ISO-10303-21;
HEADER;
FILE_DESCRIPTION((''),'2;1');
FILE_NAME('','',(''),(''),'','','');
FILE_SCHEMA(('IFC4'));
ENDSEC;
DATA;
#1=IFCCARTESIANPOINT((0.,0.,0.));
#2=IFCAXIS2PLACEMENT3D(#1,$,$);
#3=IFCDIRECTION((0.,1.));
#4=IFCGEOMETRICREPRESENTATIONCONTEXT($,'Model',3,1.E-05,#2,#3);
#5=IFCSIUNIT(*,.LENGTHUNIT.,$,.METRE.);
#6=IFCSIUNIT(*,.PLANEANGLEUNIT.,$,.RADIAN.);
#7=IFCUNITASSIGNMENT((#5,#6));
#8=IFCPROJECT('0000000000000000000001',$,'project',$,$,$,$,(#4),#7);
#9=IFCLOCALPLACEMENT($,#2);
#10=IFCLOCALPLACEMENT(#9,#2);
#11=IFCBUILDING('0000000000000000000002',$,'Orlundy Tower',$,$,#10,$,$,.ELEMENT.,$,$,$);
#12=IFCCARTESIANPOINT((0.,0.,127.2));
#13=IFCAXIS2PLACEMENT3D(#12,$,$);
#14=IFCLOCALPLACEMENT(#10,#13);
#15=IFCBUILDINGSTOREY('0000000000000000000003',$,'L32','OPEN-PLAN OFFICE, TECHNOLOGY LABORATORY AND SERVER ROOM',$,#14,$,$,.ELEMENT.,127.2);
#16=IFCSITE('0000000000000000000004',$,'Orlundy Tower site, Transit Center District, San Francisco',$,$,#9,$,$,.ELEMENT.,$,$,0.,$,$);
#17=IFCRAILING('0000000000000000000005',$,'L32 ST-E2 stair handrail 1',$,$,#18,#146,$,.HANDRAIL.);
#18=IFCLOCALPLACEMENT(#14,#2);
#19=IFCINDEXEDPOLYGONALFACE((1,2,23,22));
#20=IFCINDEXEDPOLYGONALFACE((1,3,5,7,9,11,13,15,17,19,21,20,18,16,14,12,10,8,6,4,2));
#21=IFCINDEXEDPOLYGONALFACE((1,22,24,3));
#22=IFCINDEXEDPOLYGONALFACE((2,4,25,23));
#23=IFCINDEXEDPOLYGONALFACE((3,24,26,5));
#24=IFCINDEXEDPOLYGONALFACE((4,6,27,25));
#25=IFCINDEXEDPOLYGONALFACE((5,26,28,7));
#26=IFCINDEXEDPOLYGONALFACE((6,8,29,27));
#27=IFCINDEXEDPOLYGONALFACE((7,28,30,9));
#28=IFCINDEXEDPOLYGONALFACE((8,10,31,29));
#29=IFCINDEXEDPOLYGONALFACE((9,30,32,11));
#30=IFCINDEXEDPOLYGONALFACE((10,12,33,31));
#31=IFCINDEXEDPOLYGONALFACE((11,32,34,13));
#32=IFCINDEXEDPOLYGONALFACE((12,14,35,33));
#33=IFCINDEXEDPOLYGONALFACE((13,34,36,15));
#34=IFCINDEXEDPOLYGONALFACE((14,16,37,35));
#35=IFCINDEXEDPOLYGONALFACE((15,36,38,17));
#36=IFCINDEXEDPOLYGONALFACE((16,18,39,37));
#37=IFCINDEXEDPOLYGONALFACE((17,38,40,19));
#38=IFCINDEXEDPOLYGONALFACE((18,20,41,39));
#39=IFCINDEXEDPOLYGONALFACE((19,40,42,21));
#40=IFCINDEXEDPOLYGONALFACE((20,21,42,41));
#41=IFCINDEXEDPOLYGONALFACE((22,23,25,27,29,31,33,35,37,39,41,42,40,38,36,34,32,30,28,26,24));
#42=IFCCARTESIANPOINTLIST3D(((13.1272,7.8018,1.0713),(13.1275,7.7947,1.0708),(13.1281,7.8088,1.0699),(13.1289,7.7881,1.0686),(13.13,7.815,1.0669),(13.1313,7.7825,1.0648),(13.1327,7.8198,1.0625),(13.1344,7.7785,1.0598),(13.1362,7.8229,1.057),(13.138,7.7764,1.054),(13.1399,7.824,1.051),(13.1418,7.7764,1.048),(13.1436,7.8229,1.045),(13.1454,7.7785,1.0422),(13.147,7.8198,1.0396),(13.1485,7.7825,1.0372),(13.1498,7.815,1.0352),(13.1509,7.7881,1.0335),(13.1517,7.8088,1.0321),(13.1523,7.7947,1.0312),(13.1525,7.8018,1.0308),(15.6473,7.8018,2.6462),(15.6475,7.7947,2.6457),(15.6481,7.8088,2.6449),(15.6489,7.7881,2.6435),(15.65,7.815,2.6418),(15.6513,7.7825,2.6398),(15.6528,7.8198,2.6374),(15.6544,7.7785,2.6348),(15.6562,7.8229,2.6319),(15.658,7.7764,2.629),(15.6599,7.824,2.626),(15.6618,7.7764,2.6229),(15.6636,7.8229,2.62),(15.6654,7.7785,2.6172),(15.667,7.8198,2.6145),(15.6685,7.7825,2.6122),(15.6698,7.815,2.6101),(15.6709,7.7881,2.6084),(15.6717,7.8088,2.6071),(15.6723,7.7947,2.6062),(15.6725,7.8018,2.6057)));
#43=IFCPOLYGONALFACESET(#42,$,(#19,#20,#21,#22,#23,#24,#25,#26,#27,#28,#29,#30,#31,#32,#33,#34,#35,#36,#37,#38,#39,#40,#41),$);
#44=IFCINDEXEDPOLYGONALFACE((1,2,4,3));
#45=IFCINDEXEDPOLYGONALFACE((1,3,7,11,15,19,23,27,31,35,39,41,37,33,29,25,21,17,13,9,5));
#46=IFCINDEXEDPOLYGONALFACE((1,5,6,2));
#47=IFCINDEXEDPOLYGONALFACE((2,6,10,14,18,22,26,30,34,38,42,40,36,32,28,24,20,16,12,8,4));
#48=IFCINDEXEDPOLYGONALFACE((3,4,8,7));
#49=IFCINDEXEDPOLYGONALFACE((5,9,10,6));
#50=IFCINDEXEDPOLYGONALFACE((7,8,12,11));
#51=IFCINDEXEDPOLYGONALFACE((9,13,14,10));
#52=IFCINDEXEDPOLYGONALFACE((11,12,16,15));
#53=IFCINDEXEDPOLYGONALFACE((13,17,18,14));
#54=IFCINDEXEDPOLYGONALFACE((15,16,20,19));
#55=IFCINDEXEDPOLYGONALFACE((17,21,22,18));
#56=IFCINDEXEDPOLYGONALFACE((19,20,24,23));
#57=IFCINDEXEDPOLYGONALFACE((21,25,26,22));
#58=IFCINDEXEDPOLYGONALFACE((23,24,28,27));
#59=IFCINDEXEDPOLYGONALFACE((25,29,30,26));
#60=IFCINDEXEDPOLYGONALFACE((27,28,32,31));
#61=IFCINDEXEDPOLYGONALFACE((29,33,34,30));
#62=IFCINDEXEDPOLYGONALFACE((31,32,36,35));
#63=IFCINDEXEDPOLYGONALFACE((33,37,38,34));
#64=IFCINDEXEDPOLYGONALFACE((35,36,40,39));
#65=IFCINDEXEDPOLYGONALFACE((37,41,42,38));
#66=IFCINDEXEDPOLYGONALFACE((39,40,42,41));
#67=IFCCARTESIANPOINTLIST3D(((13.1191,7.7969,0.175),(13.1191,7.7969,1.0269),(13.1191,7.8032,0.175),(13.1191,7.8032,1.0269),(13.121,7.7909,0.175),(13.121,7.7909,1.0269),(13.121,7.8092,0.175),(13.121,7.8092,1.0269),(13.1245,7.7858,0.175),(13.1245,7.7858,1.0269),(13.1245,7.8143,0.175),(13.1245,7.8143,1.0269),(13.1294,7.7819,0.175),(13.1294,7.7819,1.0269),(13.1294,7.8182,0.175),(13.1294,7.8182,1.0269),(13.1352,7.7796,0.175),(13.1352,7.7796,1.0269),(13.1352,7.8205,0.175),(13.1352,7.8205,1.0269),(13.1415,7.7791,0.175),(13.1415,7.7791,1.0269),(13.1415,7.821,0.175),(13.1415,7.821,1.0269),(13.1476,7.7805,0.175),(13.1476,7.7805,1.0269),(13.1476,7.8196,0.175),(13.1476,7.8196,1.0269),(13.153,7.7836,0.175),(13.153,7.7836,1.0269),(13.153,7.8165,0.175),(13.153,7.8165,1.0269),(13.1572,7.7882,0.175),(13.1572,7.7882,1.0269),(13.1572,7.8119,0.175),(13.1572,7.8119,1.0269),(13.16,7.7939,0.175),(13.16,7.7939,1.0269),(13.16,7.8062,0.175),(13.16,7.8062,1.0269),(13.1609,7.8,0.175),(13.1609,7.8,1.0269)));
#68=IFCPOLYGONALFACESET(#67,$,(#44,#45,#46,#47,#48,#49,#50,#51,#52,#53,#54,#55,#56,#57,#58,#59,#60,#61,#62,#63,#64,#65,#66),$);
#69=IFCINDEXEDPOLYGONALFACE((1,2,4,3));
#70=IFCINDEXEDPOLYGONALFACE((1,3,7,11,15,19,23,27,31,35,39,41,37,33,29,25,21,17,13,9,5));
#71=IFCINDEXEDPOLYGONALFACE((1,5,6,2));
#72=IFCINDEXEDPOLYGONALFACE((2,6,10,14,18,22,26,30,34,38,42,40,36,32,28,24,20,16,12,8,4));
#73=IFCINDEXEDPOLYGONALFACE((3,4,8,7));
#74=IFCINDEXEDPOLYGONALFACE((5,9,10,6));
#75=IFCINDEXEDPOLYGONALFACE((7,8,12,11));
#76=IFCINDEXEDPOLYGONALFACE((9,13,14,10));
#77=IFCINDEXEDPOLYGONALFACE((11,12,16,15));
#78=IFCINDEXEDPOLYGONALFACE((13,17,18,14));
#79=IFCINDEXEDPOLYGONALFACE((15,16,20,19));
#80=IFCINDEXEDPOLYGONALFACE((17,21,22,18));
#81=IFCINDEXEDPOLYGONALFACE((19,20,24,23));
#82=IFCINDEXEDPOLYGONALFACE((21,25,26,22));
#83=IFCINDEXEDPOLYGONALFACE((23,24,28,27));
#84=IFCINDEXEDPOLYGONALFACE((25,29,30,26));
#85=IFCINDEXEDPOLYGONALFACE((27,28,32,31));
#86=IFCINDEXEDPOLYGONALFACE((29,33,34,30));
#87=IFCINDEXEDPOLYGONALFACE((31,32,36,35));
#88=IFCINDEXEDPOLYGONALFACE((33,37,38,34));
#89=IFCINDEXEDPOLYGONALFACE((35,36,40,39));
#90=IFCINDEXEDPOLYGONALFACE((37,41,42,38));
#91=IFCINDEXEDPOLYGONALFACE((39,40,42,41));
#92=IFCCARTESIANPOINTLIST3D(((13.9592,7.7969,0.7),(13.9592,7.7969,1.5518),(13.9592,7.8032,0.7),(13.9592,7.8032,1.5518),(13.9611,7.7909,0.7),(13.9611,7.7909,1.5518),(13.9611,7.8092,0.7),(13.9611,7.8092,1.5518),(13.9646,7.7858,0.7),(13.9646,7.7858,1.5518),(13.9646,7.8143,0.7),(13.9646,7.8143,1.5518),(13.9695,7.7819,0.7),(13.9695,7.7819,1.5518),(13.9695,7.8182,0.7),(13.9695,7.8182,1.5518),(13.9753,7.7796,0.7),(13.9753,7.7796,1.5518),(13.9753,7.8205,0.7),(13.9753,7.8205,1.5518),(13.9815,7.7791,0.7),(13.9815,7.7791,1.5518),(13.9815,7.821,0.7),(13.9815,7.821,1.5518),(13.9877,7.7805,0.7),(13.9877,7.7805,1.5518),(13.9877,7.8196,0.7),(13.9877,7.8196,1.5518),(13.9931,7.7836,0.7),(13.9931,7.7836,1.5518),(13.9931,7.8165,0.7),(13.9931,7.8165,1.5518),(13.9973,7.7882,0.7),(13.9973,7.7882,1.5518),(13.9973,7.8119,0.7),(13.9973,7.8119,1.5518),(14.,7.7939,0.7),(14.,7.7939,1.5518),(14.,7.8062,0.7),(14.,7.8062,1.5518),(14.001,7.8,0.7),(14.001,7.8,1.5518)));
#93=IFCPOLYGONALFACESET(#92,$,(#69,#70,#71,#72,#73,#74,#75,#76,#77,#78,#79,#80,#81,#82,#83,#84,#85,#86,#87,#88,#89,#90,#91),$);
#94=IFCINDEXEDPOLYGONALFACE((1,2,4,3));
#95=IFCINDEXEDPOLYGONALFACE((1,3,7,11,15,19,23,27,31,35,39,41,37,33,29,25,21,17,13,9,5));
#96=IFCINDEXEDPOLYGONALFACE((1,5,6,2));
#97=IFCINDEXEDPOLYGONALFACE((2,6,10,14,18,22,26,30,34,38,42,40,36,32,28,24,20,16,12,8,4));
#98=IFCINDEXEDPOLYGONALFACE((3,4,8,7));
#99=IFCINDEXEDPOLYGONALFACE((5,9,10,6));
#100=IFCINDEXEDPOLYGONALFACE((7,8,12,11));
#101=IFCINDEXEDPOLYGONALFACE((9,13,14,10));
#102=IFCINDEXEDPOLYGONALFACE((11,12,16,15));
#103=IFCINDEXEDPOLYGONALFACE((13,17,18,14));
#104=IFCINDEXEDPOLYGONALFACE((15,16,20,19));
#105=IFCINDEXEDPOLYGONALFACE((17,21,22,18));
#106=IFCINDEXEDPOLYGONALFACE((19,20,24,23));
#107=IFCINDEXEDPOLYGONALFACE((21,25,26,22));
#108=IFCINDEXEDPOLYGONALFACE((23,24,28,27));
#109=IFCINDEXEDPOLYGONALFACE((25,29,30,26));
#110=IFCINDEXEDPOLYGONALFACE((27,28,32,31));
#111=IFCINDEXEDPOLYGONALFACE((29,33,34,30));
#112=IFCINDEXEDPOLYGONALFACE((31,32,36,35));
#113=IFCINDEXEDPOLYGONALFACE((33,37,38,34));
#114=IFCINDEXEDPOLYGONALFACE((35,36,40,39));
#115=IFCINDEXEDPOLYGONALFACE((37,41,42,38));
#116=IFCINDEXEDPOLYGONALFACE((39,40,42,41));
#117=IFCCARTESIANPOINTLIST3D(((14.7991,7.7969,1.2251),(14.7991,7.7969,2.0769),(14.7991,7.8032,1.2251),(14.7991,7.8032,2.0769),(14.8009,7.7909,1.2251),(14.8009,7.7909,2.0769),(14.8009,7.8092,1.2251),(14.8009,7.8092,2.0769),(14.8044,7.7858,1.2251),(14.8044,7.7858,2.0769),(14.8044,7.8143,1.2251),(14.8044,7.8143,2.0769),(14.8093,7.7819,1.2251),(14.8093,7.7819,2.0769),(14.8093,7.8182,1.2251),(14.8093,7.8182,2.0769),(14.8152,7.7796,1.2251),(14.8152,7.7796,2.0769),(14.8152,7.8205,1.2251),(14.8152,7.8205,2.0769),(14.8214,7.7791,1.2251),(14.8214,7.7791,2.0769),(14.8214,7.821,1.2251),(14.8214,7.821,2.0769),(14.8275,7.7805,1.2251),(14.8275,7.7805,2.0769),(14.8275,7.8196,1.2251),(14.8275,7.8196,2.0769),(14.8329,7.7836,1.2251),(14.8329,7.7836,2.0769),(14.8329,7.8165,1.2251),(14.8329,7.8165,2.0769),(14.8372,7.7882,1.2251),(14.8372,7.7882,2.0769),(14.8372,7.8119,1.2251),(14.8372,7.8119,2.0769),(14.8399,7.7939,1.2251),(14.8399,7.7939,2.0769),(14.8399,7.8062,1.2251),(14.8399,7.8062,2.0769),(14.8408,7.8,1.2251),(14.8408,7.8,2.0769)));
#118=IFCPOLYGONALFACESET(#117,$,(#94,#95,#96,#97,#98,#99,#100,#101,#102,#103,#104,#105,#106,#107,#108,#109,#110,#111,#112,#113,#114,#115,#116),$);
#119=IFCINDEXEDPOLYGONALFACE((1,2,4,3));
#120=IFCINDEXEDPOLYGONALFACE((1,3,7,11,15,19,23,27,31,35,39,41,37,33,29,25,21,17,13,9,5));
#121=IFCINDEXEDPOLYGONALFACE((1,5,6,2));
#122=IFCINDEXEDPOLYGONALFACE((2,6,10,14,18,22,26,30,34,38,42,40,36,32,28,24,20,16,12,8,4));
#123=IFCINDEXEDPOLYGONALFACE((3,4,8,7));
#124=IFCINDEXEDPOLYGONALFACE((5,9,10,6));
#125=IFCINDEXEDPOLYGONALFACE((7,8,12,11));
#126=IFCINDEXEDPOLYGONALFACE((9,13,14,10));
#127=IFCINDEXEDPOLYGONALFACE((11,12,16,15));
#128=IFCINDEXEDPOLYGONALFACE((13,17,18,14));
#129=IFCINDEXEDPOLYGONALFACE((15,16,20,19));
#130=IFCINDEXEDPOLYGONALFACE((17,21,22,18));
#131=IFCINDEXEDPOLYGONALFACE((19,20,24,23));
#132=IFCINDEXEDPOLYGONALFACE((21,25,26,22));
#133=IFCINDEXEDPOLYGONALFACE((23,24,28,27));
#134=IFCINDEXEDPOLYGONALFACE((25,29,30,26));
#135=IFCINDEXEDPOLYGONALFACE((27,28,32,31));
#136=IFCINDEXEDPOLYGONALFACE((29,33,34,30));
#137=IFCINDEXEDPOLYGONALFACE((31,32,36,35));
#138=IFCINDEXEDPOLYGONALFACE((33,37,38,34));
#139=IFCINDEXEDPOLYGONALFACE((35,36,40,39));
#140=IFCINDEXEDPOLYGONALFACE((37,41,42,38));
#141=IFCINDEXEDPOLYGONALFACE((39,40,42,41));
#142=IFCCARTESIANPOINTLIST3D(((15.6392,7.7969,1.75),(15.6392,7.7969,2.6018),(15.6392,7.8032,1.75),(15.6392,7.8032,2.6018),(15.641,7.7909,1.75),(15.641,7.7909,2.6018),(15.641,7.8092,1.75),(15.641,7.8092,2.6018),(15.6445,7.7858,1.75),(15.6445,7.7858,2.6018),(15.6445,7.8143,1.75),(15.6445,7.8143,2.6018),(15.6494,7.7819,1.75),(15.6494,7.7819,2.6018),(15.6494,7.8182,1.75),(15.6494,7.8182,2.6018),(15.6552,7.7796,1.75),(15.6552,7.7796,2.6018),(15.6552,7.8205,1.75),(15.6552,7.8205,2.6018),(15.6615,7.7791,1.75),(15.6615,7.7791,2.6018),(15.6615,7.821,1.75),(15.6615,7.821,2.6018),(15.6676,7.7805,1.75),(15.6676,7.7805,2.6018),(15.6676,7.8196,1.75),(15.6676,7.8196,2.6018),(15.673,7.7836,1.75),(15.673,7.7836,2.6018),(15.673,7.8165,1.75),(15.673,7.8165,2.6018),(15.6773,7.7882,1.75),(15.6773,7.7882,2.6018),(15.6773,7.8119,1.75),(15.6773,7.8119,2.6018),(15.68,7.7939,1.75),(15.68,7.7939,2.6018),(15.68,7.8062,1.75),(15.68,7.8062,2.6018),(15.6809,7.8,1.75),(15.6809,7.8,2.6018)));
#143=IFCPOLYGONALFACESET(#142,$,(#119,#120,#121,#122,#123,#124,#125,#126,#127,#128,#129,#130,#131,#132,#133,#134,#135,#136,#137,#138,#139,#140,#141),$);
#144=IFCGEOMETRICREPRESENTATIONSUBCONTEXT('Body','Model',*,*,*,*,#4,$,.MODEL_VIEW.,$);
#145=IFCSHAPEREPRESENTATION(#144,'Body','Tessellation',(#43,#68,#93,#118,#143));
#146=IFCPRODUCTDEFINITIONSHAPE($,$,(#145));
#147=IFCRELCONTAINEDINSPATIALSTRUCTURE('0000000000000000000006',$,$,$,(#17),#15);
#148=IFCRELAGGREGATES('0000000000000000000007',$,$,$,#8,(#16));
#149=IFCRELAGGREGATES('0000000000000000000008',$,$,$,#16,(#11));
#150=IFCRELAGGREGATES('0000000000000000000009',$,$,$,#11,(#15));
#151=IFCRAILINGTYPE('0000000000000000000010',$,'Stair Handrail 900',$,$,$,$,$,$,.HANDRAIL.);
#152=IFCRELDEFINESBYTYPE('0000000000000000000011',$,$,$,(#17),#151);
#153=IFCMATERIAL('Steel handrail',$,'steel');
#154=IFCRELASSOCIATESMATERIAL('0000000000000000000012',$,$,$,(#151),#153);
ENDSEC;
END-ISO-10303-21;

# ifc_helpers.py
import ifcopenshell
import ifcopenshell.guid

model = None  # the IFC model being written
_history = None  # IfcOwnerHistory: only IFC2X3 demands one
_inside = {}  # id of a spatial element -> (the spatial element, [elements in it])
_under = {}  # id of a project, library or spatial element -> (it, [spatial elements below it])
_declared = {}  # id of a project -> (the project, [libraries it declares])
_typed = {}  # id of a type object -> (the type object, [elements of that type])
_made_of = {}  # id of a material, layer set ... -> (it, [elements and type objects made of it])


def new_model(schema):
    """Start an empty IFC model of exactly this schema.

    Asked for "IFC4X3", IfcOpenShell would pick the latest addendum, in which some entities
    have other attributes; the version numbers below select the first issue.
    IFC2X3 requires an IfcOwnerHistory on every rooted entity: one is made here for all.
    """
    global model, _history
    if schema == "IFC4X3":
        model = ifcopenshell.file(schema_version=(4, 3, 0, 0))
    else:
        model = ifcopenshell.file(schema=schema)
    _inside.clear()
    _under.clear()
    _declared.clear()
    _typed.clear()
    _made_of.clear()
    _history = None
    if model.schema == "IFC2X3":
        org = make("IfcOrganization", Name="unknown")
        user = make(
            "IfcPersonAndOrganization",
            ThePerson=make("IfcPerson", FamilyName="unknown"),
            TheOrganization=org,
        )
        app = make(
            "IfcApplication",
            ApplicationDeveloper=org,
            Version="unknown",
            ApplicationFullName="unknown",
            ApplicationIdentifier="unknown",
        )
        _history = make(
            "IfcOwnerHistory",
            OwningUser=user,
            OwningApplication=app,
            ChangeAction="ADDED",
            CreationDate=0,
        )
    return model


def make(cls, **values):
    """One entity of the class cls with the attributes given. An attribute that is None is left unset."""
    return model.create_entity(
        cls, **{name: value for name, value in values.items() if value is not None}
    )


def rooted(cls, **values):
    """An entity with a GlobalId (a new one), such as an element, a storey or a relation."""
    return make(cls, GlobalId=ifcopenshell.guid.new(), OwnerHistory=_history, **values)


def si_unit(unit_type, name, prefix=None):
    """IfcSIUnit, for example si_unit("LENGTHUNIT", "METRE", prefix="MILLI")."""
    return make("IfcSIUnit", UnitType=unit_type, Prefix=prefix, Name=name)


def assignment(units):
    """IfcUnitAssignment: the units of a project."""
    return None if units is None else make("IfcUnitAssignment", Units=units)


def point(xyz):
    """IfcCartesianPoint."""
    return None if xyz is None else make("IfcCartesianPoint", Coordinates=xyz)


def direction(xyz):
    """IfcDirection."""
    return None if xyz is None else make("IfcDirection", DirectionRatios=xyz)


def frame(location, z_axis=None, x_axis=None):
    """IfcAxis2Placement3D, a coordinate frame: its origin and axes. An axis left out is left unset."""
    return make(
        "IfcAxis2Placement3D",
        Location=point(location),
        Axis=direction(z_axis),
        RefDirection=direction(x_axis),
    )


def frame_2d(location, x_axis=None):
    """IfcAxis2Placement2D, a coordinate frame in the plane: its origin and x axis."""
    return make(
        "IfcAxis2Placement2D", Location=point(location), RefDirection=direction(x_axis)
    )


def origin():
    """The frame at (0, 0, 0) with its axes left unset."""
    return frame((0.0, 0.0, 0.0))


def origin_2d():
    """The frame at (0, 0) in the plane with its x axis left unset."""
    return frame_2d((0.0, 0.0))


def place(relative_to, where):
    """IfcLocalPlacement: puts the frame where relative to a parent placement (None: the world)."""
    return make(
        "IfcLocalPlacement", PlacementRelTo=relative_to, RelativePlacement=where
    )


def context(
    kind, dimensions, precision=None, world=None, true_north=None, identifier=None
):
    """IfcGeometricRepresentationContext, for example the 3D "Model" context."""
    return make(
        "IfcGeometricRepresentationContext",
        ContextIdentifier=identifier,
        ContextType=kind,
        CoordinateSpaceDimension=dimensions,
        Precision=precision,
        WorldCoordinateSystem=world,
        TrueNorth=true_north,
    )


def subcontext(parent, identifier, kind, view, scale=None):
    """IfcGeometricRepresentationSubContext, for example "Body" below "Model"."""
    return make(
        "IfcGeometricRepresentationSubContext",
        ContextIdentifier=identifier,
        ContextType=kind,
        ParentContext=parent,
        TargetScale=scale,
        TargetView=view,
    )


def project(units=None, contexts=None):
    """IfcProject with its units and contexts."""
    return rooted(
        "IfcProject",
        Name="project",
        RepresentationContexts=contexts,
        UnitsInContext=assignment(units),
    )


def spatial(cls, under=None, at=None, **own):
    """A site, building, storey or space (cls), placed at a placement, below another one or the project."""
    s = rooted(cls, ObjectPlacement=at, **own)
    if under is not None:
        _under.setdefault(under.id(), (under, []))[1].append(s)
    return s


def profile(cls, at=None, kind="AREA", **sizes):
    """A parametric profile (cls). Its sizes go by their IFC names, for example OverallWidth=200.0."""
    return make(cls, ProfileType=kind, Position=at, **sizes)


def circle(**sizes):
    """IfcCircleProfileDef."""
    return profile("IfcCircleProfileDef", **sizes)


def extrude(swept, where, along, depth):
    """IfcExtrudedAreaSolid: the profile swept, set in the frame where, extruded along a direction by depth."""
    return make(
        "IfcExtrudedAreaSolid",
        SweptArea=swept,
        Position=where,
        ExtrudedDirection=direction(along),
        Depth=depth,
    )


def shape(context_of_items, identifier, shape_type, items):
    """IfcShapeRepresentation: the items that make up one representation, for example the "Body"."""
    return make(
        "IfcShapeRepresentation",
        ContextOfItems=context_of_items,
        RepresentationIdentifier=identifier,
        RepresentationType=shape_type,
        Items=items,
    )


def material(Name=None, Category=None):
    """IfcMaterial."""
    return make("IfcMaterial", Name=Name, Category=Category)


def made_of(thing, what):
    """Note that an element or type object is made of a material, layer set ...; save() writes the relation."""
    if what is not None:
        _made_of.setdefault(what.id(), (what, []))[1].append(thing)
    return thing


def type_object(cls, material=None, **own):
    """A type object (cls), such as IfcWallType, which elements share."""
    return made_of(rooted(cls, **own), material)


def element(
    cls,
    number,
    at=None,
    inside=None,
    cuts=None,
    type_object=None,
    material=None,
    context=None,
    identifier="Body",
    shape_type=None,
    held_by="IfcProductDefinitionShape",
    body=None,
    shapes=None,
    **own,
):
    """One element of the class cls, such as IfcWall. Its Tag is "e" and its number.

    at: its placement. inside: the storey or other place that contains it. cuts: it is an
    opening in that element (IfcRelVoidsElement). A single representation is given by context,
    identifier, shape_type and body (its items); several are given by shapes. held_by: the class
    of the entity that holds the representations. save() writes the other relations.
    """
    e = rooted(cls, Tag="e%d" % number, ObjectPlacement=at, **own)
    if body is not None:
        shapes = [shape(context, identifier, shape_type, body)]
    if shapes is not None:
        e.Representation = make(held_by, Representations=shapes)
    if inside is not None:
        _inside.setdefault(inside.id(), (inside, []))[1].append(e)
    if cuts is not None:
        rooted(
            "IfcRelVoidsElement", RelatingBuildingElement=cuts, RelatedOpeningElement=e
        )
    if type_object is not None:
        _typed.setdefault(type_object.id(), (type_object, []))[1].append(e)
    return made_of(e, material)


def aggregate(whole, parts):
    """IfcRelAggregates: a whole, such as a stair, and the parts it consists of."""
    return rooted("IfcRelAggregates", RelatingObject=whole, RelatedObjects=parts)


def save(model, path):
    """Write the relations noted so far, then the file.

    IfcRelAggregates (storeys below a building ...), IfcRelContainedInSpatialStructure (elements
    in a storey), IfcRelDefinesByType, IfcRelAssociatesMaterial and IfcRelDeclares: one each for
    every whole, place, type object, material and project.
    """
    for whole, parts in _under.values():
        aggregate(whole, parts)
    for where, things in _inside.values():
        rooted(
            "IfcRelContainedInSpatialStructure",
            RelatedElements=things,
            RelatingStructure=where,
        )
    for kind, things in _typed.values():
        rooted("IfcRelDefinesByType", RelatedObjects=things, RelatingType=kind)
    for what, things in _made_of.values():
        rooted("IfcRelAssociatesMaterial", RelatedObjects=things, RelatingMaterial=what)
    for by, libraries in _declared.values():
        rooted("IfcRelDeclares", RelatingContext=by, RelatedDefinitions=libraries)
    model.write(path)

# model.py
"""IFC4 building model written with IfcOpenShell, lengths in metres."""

from ifc_helpers import new_model, si_unit, direction, frame, origin, origin_2d, place, context, subcontext, project, spatial, circle, extrude, material, type_object, element, save


model = new_model("IFC4")

# Units and contexts
model_context = context("Model", 3, precision=1e-05, world=origin(), true_north=direction((0.0, 1.0)))
body_context = subcontext(model_context, "Body", "Model", "MODEL_VIEW")
ifc_project = project(units=[si_unit("LENGTHUNIT", "METRE"), si_unit("PLANEANGLEUNIT", "RADIAN")], contexts=[model_context])

# Site, building, storey
site_placement = place(None, origin())
site = spatial("IfcSite", under=ifc_project, at=site_placement, Name="Orlundy Tower site, Transit Center District, San Francisco", CompositionType="ELEMENT", RefElevation=0.0)
building_placement = place(site_placement, origin())
building = spatial("IfcBuilding", under=site, at=building_placement, Name="Orlundy Tower", CompositionType="ELEMENT")
storey_placement = place(building_placement, frame((0.0, 0.0, 127.2)))
storey = spatial("IfcBuildingStorey", under=building, at=storey_placement, Name="L32", Description="OPEN-PLAN OFFICE, TECHNOLOGY LABORATORY AND SERVER ROOM", CompositionType="ELEMENT", Elevation=127.2)

# Railing
ifc_material_1 = material(Name="Steel handrail", Category="steel")
railing_type_1 = type_object("IfcRailingType", Name="Stair Handrail 900", PredefinedType="HANDRAIL", material=ifc_material_1)
railing_1_placement = place(storey_placement, frame((13.1399, 7.8, 0.175)))
element("IfcRailing", 1, at=railing_1_placement, inside=storey, type_object=railing_type_1, Name="L32 ST-E2 stair handrail 1", PredefinedType="HANDRAIL", context=body_context, shape_type="SweptSolid", body=[
    extrude(circle(Radius=0.0239, at=origin_2d()), frame((0.0, 0.0, 0.876), z_axis=(0.848008, 0.0, 0.529984), x_axis=(0.0, 1.0, 0.0)), (0.0, 0.0, 1.0), 2.9717),
    extrude(circle(Radius=0.021, at=origin_2d()), origin(), (0.0, 0.0, 1.0), 0.8518),
    extrude(circle(Radius=0.021, at=origin_2d()), frame((0.8401, 0.0, 0.5249)), (0.0, 0.0, 1.0), 0.8518),
    extrude(circle(Radius=0.021, at=origin_2d()), frame((1.6799, 0.0, 1.05)), (0.0, 0.0, 1.0), 0.8518),
    extrude(circle(Radius=0.021, at=origin_2d()), frame((2.52, 0.0, 1.575)), (0.0, 0.0, 1.0), 0.8518),
])

save(model, "model.ifc")
